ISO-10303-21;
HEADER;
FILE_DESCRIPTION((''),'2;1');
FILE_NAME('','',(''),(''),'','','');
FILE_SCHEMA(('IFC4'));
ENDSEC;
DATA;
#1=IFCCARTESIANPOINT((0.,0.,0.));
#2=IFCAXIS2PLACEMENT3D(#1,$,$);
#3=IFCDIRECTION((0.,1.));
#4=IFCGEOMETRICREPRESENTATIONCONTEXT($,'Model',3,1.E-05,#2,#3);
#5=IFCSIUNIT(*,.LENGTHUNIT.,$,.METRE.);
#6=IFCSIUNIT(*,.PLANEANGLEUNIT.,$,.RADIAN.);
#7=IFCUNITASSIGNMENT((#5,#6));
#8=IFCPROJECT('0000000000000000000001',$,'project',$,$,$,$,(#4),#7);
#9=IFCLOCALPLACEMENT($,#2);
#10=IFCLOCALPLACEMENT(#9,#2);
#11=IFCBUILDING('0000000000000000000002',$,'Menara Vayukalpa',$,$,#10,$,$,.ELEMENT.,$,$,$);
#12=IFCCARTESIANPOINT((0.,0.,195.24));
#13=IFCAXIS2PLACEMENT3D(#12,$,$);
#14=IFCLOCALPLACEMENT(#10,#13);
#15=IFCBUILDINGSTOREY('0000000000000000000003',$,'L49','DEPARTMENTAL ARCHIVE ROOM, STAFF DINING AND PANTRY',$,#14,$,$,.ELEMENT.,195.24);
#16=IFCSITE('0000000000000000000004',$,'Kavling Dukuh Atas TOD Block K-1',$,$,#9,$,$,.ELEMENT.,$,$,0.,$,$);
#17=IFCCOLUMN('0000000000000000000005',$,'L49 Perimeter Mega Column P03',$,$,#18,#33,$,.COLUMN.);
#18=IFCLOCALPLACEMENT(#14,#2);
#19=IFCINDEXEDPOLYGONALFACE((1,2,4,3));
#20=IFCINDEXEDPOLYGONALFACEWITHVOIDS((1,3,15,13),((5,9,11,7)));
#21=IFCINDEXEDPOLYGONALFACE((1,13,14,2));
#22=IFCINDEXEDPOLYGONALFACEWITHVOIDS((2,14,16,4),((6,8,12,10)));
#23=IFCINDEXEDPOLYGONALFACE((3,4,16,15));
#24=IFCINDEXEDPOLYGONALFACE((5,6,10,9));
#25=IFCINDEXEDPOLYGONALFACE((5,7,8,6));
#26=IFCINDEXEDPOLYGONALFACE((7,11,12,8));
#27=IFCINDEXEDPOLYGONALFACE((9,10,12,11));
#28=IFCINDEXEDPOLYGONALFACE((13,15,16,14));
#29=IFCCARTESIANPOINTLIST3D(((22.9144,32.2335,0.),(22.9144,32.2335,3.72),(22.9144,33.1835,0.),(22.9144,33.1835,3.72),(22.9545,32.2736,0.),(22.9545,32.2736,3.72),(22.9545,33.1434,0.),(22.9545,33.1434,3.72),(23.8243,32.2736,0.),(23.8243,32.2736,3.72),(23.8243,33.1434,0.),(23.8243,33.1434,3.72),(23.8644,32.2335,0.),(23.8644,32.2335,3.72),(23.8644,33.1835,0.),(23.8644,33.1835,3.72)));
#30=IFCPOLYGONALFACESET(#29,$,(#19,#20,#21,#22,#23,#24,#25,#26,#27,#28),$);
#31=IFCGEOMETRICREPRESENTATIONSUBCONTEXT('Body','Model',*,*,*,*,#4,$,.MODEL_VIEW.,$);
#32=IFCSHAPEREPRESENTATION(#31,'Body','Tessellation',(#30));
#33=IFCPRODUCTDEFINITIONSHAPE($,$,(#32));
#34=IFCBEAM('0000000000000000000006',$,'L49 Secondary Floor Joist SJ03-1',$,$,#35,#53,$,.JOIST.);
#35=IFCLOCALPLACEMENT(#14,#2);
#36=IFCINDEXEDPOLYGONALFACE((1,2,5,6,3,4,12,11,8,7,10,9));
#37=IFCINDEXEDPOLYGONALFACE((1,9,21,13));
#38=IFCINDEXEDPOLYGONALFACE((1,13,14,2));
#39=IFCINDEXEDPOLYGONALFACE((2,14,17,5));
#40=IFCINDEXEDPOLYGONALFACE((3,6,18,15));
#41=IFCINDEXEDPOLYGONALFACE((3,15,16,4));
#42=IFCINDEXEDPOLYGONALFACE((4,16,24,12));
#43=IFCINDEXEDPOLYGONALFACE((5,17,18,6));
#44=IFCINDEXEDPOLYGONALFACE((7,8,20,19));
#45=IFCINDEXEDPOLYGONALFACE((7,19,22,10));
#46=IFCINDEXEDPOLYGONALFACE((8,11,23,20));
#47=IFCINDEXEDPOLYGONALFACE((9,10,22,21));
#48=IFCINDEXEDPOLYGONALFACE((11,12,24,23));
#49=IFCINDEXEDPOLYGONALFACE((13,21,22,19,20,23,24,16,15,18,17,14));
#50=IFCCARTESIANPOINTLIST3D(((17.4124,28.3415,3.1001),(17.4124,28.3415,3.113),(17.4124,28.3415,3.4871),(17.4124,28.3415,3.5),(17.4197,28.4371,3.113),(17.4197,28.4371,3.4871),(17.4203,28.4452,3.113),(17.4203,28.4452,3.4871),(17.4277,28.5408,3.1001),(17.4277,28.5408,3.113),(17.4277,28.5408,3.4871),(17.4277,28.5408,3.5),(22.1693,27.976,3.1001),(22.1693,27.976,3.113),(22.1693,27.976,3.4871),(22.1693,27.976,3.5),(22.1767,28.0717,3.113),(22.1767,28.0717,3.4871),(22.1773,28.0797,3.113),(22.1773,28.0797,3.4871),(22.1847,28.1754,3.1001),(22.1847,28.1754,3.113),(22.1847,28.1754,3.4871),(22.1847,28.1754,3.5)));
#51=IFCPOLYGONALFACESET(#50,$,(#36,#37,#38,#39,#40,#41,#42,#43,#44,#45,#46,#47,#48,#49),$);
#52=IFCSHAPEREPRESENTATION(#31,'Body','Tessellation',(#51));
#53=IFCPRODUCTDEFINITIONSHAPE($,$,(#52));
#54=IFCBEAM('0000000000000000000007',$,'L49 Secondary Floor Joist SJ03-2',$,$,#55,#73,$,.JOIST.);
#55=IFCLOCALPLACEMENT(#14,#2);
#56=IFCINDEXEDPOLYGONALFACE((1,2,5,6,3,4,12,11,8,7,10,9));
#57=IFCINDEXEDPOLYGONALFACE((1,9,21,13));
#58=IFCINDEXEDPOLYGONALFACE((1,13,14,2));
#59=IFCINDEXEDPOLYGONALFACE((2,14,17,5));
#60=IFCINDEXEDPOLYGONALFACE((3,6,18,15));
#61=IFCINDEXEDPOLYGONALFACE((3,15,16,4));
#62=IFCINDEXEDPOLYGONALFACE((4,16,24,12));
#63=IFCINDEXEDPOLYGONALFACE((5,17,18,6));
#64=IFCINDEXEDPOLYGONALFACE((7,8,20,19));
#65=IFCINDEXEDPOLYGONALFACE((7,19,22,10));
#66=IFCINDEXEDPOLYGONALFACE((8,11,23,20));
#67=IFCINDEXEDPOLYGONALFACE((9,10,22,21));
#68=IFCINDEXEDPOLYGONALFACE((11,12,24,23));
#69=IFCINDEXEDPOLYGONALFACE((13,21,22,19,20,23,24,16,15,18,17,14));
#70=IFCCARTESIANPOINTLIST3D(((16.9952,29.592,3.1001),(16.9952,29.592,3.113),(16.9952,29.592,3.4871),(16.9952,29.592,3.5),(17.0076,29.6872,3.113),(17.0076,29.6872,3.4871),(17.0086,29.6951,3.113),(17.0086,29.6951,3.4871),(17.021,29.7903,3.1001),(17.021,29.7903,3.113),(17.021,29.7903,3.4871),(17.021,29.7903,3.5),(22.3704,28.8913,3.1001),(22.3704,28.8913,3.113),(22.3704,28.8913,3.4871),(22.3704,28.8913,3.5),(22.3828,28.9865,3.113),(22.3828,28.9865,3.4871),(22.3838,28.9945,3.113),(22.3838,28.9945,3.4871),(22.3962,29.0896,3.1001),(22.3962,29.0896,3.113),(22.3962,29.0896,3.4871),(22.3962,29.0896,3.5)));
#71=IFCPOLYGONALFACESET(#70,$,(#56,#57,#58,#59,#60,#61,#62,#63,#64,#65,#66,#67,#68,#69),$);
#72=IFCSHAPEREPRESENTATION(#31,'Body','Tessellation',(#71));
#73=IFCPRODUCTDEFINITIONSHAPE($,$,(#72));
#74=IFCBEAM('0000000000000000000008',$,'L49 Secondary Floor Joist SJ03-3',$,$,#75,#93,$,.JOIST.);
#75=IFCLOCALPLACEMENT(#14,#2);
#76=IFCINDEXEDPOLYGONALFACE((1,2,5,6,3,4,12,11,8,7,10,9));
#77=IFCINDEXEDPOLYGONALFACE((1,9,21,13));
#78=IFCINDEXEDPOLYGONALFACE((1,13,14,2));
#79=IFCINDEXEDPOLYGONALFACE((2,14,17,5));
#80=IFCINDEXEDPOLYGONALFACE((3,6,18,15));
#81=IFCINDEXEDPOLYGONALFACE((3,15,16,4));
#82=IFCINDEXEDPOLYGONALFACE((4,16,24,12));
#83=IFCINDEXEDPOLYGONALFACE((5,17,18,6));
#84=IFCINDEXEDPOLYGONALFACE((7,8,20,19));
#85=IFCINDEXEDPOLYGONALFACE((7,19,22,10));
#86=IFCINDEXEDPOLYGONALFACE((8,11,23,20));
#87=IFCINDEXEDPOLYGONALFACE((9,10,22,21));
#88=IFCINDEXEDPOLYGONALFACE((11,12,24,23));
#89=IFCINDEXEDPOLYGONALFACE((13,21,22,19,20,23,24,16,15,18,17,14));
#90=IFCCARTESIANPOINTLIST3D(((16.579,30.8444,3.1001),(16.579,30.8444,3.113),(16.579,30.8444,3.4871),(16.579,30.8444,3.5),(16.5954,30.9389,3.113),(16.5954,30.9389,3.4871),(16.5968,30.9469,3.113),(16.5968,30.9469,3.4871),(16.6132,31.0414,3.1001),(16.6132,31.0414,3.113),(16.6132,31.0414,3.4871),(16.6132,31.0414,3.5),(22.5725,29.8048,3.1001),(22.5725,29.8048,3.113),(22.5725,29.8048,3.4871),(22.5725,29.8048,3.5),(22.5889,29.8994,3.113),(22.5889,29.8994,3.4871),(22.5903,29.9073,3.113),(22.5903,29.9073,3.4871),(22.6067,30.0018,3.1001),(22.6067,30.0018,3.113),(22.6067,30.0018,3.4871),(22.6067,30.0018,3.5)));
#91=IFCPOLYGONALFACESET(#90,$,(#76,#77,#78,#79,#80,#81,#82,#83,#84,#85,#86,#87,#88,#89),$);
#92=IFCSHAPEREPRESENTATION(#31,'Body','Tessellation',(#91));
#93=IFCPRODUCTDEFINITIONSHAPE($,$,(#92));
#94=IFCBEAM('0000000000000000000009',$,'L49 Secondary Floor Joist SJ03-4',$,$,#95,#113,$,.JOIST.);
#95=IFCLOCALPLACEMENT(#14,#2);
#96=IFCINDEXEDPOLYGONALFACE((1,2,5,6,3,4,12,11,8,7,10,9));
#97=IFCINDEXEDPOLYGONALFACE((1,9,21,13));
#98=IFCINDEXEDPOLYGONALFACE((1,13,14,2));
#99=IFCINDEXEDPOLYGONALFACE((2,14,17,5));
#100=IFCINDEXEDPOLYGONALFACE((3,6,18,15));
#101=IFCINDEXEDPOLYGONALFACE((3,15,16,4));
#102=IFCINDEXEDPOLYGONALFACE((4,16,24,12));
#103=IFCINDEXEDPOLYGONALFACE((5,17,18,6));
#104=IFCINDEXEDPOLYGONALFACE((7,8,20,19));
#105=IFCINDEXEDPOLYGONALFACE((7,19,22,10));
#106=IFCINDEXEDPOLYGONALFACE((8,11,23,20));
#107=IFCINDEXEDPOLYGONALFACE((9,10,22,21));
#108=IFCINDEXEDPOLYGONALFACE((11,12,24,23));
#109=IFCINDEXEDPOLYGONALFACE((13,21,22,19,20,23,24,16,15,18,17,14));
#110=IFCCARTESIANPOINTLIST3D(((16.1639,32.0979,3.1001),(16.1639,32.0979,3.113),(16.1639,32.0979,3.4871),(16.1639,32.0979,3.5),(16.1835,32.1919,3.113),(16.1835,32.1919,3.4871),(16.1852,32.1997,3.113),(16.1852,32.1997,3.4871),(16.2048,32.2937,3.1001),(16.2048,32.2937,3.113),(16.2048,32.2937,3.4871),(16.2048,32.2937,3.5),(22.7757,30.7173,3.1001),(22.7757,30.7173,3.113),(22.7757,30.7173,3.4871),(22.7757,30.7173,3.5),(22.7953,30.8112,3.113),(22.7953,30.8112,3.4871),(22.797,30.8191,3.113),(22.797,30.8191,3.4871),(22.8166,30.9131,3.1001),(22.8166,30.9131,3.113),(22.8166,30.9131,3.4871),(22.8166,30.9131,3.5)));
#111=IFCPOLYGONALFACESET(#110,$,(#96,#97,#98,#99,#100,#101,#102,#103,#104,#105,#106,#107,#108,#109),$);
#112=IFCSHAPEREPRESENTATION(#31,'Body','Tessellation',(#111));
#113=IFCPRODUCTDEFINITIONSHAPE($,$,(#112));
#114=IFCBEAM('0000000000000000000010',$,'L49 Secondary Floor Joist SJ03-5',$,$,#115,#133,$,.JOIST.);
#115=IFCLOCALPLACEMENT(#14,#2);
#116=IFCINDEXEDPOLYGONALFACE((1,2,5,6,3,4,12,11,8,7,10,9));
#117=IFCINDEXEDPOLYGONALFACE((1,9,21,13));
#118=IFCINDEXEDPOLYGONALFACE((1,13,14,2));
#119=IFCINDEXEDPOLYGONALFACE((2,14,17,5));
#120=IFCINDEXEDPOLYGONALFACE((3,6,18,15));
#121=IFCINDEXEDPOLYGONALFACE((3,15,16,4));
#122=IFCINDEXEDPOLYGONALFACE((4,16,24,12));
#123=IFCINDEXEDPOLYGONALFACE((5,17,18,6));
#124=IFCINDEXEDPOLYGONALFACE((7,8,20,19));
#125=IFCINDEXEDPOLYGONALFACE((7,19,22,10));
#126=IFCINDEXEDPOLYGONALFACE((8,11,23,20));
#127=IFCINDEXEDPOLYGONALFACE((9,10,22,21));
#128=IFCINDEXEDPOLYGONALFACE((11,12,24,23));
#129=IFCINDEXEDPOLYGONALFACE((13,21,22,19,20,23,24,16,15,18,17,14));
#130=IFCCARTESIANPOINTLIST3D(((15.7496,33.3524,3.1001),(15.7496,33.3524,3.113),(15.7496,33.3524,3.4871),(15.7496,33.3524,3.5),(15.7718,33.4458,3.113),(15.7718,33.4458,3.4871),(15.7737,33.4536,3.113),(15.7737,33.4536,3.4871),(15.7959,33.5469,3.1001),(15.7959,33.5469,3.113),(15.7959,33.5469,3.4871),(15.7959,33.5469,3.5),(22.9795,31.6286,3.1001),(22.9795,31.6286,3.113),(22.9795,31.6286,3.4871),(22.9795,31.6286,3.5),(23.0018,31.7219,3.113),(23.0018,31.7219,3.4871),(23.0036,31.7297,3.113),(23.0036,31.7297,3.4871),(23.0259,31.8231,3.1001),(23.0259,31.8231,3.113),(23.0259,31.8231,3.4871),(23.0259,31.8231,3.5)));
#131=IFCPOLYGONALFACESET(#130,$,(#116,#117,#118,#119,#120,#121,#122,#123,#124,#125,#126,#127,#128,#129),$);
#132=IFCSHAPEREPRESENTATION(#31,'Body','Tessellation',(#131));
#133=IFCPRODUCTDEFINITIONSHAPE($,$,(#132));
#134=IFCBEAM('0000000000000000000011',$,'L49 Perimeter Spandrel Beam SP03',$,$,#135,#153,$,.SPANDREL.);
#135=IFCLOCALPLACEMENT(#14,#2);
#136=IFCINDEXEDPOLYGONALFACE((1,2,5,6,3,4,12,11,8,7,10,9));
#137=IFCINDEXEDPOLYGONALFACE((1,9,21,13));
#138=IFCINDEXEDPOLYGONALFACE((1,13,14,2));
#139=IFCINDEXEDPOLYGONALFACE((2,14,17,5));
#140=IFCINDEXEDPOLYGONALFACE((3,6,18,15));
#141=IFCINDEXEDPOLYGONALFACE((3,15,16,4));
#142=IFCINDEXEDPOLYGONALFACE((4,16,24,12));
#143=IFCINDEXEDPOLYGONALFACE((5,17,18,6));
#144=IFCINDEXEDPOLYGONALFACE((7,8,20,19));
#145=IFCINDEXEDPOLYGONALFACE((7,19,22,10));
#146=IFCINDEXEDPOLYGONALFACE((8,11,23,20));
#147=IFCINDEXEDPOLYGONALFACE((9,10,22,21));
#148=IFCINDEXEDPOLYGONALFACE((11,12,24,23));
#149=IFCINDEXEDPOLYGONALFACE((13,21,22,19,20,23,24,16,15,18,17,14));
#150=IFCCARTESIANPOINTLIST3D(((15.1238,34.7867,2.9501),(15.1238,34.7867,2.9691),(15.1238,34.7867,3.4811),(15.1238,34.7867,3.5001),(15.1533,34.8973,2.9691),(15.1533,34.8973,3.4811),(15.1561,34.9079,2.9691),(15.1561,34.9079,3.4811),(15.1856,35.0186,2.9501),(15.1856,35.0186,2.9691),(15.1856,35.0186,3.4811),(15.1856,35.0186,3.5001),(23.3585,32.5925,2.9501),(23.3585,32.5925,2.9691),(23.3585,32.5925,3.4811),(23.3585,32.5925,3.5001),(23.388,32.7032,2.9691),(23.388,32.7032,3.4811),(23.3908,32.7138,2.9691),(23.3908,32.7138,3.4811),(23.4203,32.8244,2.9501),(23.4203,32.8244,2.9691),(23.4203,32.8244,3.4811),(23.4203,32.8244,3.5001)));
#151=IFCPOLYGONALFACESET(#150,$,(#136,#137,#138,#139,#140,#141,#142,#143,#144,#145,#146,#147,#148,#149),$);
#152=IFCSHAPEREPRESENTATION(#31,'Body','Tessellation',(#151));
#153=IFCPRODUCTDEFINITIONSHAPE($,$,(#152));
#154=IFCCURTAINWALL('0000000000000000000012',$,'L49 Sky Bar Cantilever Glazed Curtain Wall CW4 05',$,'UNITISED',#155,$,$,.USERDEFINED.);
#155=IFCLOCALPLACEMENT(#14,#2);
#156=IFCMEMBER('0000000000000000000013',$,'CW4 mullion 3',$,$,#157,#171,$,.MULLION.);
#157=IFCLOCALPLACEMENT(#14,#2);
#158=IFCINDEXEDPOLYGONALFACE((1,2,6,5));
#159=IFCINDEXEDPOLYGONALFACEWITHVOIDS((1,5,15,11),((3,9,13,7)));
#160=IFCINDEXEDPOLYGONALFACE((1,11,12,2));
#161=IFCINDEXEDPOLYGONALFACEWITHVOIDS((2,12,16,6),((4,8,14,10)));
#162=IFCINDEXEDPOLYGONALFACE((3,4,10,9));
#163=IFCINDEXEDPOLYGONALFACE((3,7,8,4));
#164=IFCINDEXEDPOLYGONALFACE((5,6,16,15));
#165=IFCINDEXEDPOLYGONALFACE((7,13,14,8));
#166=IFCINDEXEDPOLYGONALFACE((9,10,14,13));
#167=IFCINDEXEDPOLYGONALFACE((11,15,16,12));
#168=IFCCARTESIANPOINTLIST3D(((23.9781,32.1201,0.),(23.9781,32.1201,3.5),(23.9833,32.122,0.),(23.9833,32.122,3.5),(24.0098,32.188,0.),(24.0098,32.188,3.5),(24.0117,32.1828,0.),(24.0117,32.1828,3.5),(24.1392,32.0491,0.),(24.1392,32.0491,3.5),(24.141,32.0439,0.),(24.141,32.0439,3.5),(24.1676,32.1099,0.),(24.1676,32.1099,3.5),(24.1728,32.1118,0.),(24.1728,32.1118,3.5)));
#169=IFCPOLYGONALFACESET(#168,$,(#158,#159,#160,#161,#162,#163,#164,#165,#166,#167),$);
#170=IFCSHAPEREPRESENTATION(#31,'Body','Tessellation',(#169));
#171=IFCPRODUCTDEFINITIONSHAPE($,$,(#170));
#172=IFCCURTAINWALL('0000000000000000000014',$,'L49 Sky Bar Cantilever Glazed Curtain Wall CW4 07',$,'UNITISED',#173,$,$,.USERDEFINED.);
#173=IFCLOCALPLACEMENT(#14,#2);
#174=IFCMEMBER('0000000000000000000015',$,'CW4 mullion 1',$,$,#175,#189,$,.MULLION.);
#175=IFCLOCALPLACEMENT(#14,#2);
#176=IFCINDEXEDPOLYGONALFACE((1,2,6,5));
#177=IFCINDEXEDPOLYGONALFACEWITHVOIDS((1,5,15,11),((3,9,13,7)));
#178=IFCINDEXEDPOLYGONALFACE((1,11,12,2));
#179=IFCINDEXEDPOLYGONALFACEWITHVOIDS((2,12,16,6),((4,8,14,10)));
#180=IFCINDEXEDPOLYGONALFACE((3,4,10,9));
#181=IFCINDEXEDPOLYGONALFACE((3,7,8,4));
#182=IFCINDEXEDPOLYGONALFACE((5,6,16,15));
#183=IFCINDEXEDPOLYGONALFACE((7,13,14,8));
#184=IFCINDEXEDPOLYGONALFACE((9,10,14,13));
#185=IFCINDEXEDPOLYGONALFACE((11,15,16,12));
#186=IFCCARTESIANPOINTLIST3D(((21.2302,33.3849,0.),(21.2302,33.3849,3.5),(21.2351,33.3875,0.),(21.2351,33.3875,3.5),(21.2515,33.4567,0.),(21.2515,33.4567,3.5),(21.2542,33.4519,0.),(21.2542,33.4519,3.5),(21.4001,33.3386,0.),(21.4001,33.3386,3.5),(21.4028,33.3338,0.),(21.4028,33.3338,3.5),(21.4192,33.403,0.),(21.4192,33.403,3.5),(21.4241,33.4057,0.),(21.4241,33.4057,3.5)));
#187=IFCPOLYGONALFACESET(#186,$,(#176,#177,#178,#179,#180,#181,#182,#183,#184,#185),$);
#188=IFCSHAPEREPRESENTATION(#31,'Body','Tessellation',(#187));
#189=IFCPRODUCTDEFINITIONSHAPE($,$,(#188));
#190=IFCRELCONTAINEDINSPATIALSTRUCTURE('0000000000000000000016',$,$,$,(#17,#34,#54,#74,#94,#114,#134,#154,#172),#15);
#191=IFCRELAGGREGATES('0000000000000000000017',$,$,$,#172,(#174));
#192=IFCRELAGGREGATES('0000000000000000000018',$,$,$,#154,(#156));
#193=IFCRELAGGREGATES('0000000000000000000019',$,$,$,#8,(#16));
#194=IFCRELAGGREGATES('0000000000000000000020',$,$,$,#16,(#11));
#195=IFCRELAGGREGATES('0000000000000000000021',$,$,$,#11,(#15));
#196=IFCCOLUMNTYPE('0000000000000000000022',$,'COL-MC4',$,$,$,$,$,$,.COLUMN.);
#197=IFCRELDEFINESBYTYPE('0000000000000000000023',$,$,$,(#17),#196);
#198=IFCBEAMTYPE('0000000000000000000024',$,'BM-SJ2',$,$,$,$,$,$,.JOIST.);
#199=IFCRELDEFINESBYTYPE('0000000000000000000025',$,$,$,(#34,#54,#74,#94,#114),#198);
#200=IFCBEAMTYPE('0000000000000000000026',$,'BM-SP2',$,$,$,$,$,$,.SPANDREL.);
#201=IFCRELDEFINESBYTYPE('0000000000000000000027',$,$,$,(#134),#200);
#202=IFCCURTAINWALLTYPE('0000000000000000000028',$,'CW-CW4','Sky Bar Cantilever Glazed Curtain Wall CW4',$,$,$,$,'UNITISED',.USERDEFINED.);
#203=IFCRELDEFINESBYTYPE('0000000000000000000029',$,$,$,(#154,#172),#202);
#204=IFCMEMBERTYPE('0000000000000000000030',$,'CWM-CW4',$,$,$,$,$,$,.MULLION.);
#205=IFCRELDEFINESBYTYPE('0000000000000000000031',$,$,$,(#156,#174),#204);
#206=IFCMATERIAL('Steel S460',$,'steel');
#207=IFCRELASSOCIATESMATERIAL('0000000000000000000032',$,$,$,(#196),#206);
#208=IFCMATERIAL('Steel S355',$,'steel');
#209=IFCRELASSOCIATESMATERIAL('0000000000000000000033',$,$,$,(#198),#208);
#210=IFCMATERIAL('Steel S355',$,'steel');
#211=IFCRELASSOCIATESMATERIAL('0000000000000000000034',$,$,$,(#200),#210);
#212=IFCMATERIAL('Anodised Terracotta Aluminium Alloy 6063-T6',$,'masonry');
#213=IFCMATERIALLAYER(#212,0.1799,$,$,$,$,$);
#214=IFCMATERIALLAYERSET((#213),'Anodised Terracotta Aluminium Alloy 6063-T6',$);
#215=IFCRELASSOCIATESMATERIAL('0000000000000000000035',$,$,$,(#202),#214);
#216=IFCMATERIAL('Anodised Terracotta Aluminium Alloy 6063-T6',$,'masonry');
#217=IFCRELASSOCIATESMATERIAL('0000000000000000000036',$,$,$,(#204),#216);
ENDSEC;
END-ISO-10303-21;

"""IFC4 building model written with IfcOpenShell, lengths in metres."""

from ifc_helpers import new_model, si_unit, direction, frame, origin, origin_2d, place, context, subcontext, project, spatial, hollow_rectangle, i_section, extrude, material, layer, layer_set, material_profile, profile_set, type_object, element, aggregate, save


model = new_model("IFC4")

# Units and contexts
model_context = context("Model", 3, precision=1e-05, world=origin(), true_north=direction((0.0, 1.0)))
body_context = subcontext(model_context, "Body", "Model", "MODEL_VIEW")
ifc_project = project(units=[si_unit("LENGTHUNIT", "METRE"), si_unit("PLANEANGLEUNIT", "RADIAN")], contexts=[model_context])

# Site, building, storey
site_placement = place(None, origin())
site = spatial("IfcSite", under=ifc_project, at=site_placement, Name="Kavling Dukuh Atas TOD Block K-1", CompositionType="ELEMENT", RefElevation=0.0)
building_placement = place(site_placement, origin())
building = spatial("IfcBuilding", under=site, at=building_placement, Name="Menara Vayukalpa", CompositionType="ELEMENT")
storey_placement = place(building_placement, frame((0.0, 0.0, 195.24)))
storey = spatial("IfcBuildingStorey", under=building, at=storey_placement, Name="L49", Description="DEPARTMENTAL ARCHIVE ROOM, STAFF DINING AND PANTRY", CompositionType="ELEMENT", Elevation=195.24)

# Column
ifc_material_1 = material(Name="Steel S460", Category="steel")
ifc_material_profile_1 = material_profile(ifc_material_1, hollow_rectangle(XDim=0.95, YDim=0.95, WallThickness=0.04, at=origin_2d()), Name="BOX 950x950x40")
ifc_profile_set_1 = profile_set([ifc_material_profile_1], Name="Steel S460")
column_type = type_object("IfcColumnType", Name="COL-MC4", PredefinedType="COLUMN", material=ifc_profile_set_1)
column_placement = place(storey_placement, frame((23.3894, 32.7085, 0.0), z_axis=(0.0, 0.0, 1.0), x_axis=(1.0, 0.0, 0.0)))
element("IfcColumn", 1, at=column_placement, inside=storey, type_object=column_type, Name="L49 Perimeter Mega Column P03", PredefinedType="COLUMN", context=body_context, shape_type="SweptSolid", body=[
    extrude(hollow_rectangle(XDim=0.95, YDim=0.95, WallThickness=0.04, at=origin_2d()), origin(), (0.0, 0.0, 1.0), 3.72),
])

# Beams
ifc_material_2 = material(Name="Steel S355", Category="steel")
ifc_material_profile_2 = material_profile(ifc_material_2, i_section(OverallWidth=0.2, OverallDepth=0.3999, WebThickness=0.0081, FlangeThickness=0.0129, at=origin_2d()), Name="WF 400x200x8x13")
ifc_profile_set_2 = profile_set([ifc_material_profile_2], Name="Steel S355")
beam_type_1 = type_object("IfcBeamType", Name="BM-SJ2", PredefinedType="JOIST", material=ifc_profile_set_2)
beam_1_placement = place(storey_placement, frame((22.177, 28.0757, 3.3), z_axis=(-0.997062, 0.076603, 0.0), x_axis=(-0.076603, -0.997062, 0.0)))
element("IfcBeam", 2, at=beam_1_placement, inside=storey, type_object=beam_type_1, Name="L49 Secondary Floor Joist SJ03-1", PredefinedType="JOIST", context=body_context, shape_type="SweptSolid", body=[
    extrude(i_section(OverallWidth=0.2, OverallDepth=0.3999, WebThickness=0.0081, FlangeThickness=0.0129, at=origin_2d()), origin(), (0.0, 0.0, 1.0), 4.771),
])
beam_2_placement = place(storey_placement, frame((22.3833, 28.9905, 3.3), z_axis=(-0.991611, 0.12926, 0.0), x_axis=(-0.12926, -0.991611, 0.0)))
element("IfcBeam", 3, at=beam_2_placement, inside=storey, type_object=beam_type_1, Name="L49 Secondary Floor Joist SJ03-2", PredefinedType="JOIST", context=body_context, shape_type="SweptSolid", body=[
    extrude(i_section(OverallWidth=0.2, OverallDepth=0.3999, WebThickness=0.0081, FlangeThickness=0.0129, at=origin_2d()), origin(), (0.0, 0.0, 1.0), 5.4207),
])
beam_3_placement = place(storey_placement, frame((22.5896, 29.9033, 3.3), z_axis=(-0.985289, 0.170897, 0.0), x_axis=(-0.170897, -0.985289, 0.0)))
element("IfcBeam", 4, at=beam_3_placement, inside=storey, type_object=beam_type_1, Name="L49 Secondary Floor Joist SJ03-3", PredefinedType="JOIST", context=body_context, shape_type="SweptSolid", body=[
    extrude(i_section(OverallWidth=0.2, OverallDepth=0.3999, WebThickness=0.0081, FlangeThickness=0.0129, at=origin_2d()), origin(), (0.0, 0.0, 1.0), 6.083),
])
beam_4_placement = place(storey_placement, frame((22.7961, 30.8152, 3.3), z_axis=(-0.978887, 0.204402, 0.0), x_axis=(-0.204402, -0.978887, 0.0)))
element("IfcBeam", 5, at=beam_4_placement, inside=storey, type_object=beam_type_1, Name="L49 Secondary Floor Joist SJ03-4", PredefinedType="JOIST", context=body_context, shape_type="SweptSolid", body=[
    extrude(i_section(OverallWidth=0.2, OverallDepth=0.3999, WebThickness=0.0081, FlangeThickness=0.0129, at=origin_2d()), origin(), (0.0, 0.0, 1.0), 6.7544),
])
beam_5_placement = place(storey_placement, frame((23.0027, 31.7258, 3.3), z_axis=(-0.972732, 0.231933, 0.0), x_axis=(-0.231933, -0.972732, 0.0)))
element("IfcBeam", 6, at=beam_5_placement, inside=storey, type_object=beam_type_1, Name="L49 Secondary Floor Joist SJ03-5", PredefinedType="JOIST", context=body_context, shape_type="SweptSolid", body=[
    extrude(i_section(OverallWidth=0.2, OverallDepth=0.3999, WebThickness=0.0081, FlangeThickness=0.0129, at=origin_2d()), origin(), (0.0, 0.0, 1.0), 7.4326),
])
ifc_material_3 = material(Name="Steel S355", Category="steel")
ifc_material_profile_3 = material_profile(ifc_material_3, i_section(OverallWidth=0.24, OverallDepth=0.55, WebThickness=0.011, FlangeThickness=0.019, at=origin_2d()), Name="WF 550x240x11x19")
ifc_profile_set_3 = profile_set([ifc_material_profile_3], Name="Steel S355")
beam_type_2 = type_object("IfcBeamType", Name="BM-SP2", PredefinedType="SPANDREL", material=ifc_profile_set_3)
beam_6_placement = place(storey_placement, frame((23.3894, 32.7085, 3.2251), z_axis=(-0.966288, 0.257465, 0.0), x_axis=(-0.257465, -0.966288, 0.0)))
element("IfcBeam", 7, at=beam_6_placement, inside=storey, type_object=beam_type_2, Name="L49 Perimeter Spandrel Beam SP03", PredefinedType="SPANDREL", context=body_context, shape_type="SweptSolid", body=[
    extrude(i_section(OverallWidth=0.24, OverallDepth=0.55, WebThickness=0.011, FlangeThickness=0.019, at=origin_2d()), origin(), (0.0, 0.0, 1.0), 8.522),
])

# Curtain walls, members
ifc_material_4 = material(Name="Anodised Terracotta Aluminium Alloy 6063-T6", Category="masonry")
ifc_layer_1 = layer(ifc_material_4, 0.1799)
ifc_layer_set_1 = layer_set([ifc_layer_1], Name="Anodised Terracotta Aluminium Alloy 6063-T6")
curtain_wall_type = type_object("IfcCurtainWallType", Name="CW-CW4", Description="Sky Bar Cantilever Glazed Curtain Wall CW4", ElementType="UNITISED", PredefinedType="USERDEFINED", material=ifc_layer_set_1)
curtain_wall_1_placement = place(storey_placement, origin())
curtain_wall_1 = element("IfcCurtainWall", 8, at=curtain_wall_1_placement, inside=storey, type_object=curtain_wall_type, Name="L49 Sky Bar Cantilever Glazed Curtain Wall CW4 05", ObjectType="UNITISED", PredefinedType="USERDEFINED")
ifc_material_5 = material(Name="Anodised Terracotta Aluminium Alloy 6063-T6", Category="masonry")
ifc_material_profile_4 = material_profile(ifc_material_5, hollow_rectangle(XDim=0.075, YDim=0.1799, WallThickness=0.0039, at=origin_2d()), Name="ALU 75x180x4")
ifc_profile_set_4 = profile_set([ifc_material_profile_4], Name="Anodised Terracotta Aluminium Alloy 6063-T6")
member_type_1 = type_object("IfcMemberType", Name="CWM-CW4", PredefinedType="MULLION", material=ifc_profile_set_4)
member_1_placement = place(storey_placement, frame((24.0754, 32.116, 0.0), z_axis=(0.0, 0.0, 1.0), x_axis=(-0.423744, -0.905782, 0.0)))
member_1 = element("IfcMember", 9, at=member_1_placement, type_object=member_type_1, Name="CW4 mullion 3", PredefinedType="MULLION", context=body_context, shape_type="SweptSolid", body=[
    extrude(hollow_rectangle(XDim=0.075, YDim=0.1799, WallThickness=0.0039, at=origin_2d()), origin(), (0.0, 0.0, 1.0), 3.5),
])
curtain_wall_2_placement = place(storey_placement, origin())
curtain_wall_2 = element("IfcCurtainWall", 10, at=curtain_wall_2_placement, inside=storey, type_object=curtain_wall_type, Name="L49 Sky Bar Cantilever Glazed Curtain Wall CW4 07", ObjectType="UNITISED", PredefinedType="USERDEFINED")
member_2_placement = place(storey_placement, frame((21.3271, 33.3953, 0.0), z_axis=(0.0, 0.0, 1.0), x_axis=(-0.283894, -0.958856, 0.0)))
member_2 = element("IfcMember", 11, at=member_2_placement, type_object=member_type_1, Name="CW4 mullion 1", PredefinedType="MULLION", context=body_context, shape_type="SweptSolid", body=[
    extrude(hollow_rectangle(XDim=0.075, YDim=0.1799, WallThickness=0.0039, at=origin_2d()), origin(), (0.0, 0.0, 1.0), 3.5),
])

aggregate(curtain_wall_2, [member_2])

aggregate(curtain_wall_1, [member_1])

save(model, "model.ifc")
